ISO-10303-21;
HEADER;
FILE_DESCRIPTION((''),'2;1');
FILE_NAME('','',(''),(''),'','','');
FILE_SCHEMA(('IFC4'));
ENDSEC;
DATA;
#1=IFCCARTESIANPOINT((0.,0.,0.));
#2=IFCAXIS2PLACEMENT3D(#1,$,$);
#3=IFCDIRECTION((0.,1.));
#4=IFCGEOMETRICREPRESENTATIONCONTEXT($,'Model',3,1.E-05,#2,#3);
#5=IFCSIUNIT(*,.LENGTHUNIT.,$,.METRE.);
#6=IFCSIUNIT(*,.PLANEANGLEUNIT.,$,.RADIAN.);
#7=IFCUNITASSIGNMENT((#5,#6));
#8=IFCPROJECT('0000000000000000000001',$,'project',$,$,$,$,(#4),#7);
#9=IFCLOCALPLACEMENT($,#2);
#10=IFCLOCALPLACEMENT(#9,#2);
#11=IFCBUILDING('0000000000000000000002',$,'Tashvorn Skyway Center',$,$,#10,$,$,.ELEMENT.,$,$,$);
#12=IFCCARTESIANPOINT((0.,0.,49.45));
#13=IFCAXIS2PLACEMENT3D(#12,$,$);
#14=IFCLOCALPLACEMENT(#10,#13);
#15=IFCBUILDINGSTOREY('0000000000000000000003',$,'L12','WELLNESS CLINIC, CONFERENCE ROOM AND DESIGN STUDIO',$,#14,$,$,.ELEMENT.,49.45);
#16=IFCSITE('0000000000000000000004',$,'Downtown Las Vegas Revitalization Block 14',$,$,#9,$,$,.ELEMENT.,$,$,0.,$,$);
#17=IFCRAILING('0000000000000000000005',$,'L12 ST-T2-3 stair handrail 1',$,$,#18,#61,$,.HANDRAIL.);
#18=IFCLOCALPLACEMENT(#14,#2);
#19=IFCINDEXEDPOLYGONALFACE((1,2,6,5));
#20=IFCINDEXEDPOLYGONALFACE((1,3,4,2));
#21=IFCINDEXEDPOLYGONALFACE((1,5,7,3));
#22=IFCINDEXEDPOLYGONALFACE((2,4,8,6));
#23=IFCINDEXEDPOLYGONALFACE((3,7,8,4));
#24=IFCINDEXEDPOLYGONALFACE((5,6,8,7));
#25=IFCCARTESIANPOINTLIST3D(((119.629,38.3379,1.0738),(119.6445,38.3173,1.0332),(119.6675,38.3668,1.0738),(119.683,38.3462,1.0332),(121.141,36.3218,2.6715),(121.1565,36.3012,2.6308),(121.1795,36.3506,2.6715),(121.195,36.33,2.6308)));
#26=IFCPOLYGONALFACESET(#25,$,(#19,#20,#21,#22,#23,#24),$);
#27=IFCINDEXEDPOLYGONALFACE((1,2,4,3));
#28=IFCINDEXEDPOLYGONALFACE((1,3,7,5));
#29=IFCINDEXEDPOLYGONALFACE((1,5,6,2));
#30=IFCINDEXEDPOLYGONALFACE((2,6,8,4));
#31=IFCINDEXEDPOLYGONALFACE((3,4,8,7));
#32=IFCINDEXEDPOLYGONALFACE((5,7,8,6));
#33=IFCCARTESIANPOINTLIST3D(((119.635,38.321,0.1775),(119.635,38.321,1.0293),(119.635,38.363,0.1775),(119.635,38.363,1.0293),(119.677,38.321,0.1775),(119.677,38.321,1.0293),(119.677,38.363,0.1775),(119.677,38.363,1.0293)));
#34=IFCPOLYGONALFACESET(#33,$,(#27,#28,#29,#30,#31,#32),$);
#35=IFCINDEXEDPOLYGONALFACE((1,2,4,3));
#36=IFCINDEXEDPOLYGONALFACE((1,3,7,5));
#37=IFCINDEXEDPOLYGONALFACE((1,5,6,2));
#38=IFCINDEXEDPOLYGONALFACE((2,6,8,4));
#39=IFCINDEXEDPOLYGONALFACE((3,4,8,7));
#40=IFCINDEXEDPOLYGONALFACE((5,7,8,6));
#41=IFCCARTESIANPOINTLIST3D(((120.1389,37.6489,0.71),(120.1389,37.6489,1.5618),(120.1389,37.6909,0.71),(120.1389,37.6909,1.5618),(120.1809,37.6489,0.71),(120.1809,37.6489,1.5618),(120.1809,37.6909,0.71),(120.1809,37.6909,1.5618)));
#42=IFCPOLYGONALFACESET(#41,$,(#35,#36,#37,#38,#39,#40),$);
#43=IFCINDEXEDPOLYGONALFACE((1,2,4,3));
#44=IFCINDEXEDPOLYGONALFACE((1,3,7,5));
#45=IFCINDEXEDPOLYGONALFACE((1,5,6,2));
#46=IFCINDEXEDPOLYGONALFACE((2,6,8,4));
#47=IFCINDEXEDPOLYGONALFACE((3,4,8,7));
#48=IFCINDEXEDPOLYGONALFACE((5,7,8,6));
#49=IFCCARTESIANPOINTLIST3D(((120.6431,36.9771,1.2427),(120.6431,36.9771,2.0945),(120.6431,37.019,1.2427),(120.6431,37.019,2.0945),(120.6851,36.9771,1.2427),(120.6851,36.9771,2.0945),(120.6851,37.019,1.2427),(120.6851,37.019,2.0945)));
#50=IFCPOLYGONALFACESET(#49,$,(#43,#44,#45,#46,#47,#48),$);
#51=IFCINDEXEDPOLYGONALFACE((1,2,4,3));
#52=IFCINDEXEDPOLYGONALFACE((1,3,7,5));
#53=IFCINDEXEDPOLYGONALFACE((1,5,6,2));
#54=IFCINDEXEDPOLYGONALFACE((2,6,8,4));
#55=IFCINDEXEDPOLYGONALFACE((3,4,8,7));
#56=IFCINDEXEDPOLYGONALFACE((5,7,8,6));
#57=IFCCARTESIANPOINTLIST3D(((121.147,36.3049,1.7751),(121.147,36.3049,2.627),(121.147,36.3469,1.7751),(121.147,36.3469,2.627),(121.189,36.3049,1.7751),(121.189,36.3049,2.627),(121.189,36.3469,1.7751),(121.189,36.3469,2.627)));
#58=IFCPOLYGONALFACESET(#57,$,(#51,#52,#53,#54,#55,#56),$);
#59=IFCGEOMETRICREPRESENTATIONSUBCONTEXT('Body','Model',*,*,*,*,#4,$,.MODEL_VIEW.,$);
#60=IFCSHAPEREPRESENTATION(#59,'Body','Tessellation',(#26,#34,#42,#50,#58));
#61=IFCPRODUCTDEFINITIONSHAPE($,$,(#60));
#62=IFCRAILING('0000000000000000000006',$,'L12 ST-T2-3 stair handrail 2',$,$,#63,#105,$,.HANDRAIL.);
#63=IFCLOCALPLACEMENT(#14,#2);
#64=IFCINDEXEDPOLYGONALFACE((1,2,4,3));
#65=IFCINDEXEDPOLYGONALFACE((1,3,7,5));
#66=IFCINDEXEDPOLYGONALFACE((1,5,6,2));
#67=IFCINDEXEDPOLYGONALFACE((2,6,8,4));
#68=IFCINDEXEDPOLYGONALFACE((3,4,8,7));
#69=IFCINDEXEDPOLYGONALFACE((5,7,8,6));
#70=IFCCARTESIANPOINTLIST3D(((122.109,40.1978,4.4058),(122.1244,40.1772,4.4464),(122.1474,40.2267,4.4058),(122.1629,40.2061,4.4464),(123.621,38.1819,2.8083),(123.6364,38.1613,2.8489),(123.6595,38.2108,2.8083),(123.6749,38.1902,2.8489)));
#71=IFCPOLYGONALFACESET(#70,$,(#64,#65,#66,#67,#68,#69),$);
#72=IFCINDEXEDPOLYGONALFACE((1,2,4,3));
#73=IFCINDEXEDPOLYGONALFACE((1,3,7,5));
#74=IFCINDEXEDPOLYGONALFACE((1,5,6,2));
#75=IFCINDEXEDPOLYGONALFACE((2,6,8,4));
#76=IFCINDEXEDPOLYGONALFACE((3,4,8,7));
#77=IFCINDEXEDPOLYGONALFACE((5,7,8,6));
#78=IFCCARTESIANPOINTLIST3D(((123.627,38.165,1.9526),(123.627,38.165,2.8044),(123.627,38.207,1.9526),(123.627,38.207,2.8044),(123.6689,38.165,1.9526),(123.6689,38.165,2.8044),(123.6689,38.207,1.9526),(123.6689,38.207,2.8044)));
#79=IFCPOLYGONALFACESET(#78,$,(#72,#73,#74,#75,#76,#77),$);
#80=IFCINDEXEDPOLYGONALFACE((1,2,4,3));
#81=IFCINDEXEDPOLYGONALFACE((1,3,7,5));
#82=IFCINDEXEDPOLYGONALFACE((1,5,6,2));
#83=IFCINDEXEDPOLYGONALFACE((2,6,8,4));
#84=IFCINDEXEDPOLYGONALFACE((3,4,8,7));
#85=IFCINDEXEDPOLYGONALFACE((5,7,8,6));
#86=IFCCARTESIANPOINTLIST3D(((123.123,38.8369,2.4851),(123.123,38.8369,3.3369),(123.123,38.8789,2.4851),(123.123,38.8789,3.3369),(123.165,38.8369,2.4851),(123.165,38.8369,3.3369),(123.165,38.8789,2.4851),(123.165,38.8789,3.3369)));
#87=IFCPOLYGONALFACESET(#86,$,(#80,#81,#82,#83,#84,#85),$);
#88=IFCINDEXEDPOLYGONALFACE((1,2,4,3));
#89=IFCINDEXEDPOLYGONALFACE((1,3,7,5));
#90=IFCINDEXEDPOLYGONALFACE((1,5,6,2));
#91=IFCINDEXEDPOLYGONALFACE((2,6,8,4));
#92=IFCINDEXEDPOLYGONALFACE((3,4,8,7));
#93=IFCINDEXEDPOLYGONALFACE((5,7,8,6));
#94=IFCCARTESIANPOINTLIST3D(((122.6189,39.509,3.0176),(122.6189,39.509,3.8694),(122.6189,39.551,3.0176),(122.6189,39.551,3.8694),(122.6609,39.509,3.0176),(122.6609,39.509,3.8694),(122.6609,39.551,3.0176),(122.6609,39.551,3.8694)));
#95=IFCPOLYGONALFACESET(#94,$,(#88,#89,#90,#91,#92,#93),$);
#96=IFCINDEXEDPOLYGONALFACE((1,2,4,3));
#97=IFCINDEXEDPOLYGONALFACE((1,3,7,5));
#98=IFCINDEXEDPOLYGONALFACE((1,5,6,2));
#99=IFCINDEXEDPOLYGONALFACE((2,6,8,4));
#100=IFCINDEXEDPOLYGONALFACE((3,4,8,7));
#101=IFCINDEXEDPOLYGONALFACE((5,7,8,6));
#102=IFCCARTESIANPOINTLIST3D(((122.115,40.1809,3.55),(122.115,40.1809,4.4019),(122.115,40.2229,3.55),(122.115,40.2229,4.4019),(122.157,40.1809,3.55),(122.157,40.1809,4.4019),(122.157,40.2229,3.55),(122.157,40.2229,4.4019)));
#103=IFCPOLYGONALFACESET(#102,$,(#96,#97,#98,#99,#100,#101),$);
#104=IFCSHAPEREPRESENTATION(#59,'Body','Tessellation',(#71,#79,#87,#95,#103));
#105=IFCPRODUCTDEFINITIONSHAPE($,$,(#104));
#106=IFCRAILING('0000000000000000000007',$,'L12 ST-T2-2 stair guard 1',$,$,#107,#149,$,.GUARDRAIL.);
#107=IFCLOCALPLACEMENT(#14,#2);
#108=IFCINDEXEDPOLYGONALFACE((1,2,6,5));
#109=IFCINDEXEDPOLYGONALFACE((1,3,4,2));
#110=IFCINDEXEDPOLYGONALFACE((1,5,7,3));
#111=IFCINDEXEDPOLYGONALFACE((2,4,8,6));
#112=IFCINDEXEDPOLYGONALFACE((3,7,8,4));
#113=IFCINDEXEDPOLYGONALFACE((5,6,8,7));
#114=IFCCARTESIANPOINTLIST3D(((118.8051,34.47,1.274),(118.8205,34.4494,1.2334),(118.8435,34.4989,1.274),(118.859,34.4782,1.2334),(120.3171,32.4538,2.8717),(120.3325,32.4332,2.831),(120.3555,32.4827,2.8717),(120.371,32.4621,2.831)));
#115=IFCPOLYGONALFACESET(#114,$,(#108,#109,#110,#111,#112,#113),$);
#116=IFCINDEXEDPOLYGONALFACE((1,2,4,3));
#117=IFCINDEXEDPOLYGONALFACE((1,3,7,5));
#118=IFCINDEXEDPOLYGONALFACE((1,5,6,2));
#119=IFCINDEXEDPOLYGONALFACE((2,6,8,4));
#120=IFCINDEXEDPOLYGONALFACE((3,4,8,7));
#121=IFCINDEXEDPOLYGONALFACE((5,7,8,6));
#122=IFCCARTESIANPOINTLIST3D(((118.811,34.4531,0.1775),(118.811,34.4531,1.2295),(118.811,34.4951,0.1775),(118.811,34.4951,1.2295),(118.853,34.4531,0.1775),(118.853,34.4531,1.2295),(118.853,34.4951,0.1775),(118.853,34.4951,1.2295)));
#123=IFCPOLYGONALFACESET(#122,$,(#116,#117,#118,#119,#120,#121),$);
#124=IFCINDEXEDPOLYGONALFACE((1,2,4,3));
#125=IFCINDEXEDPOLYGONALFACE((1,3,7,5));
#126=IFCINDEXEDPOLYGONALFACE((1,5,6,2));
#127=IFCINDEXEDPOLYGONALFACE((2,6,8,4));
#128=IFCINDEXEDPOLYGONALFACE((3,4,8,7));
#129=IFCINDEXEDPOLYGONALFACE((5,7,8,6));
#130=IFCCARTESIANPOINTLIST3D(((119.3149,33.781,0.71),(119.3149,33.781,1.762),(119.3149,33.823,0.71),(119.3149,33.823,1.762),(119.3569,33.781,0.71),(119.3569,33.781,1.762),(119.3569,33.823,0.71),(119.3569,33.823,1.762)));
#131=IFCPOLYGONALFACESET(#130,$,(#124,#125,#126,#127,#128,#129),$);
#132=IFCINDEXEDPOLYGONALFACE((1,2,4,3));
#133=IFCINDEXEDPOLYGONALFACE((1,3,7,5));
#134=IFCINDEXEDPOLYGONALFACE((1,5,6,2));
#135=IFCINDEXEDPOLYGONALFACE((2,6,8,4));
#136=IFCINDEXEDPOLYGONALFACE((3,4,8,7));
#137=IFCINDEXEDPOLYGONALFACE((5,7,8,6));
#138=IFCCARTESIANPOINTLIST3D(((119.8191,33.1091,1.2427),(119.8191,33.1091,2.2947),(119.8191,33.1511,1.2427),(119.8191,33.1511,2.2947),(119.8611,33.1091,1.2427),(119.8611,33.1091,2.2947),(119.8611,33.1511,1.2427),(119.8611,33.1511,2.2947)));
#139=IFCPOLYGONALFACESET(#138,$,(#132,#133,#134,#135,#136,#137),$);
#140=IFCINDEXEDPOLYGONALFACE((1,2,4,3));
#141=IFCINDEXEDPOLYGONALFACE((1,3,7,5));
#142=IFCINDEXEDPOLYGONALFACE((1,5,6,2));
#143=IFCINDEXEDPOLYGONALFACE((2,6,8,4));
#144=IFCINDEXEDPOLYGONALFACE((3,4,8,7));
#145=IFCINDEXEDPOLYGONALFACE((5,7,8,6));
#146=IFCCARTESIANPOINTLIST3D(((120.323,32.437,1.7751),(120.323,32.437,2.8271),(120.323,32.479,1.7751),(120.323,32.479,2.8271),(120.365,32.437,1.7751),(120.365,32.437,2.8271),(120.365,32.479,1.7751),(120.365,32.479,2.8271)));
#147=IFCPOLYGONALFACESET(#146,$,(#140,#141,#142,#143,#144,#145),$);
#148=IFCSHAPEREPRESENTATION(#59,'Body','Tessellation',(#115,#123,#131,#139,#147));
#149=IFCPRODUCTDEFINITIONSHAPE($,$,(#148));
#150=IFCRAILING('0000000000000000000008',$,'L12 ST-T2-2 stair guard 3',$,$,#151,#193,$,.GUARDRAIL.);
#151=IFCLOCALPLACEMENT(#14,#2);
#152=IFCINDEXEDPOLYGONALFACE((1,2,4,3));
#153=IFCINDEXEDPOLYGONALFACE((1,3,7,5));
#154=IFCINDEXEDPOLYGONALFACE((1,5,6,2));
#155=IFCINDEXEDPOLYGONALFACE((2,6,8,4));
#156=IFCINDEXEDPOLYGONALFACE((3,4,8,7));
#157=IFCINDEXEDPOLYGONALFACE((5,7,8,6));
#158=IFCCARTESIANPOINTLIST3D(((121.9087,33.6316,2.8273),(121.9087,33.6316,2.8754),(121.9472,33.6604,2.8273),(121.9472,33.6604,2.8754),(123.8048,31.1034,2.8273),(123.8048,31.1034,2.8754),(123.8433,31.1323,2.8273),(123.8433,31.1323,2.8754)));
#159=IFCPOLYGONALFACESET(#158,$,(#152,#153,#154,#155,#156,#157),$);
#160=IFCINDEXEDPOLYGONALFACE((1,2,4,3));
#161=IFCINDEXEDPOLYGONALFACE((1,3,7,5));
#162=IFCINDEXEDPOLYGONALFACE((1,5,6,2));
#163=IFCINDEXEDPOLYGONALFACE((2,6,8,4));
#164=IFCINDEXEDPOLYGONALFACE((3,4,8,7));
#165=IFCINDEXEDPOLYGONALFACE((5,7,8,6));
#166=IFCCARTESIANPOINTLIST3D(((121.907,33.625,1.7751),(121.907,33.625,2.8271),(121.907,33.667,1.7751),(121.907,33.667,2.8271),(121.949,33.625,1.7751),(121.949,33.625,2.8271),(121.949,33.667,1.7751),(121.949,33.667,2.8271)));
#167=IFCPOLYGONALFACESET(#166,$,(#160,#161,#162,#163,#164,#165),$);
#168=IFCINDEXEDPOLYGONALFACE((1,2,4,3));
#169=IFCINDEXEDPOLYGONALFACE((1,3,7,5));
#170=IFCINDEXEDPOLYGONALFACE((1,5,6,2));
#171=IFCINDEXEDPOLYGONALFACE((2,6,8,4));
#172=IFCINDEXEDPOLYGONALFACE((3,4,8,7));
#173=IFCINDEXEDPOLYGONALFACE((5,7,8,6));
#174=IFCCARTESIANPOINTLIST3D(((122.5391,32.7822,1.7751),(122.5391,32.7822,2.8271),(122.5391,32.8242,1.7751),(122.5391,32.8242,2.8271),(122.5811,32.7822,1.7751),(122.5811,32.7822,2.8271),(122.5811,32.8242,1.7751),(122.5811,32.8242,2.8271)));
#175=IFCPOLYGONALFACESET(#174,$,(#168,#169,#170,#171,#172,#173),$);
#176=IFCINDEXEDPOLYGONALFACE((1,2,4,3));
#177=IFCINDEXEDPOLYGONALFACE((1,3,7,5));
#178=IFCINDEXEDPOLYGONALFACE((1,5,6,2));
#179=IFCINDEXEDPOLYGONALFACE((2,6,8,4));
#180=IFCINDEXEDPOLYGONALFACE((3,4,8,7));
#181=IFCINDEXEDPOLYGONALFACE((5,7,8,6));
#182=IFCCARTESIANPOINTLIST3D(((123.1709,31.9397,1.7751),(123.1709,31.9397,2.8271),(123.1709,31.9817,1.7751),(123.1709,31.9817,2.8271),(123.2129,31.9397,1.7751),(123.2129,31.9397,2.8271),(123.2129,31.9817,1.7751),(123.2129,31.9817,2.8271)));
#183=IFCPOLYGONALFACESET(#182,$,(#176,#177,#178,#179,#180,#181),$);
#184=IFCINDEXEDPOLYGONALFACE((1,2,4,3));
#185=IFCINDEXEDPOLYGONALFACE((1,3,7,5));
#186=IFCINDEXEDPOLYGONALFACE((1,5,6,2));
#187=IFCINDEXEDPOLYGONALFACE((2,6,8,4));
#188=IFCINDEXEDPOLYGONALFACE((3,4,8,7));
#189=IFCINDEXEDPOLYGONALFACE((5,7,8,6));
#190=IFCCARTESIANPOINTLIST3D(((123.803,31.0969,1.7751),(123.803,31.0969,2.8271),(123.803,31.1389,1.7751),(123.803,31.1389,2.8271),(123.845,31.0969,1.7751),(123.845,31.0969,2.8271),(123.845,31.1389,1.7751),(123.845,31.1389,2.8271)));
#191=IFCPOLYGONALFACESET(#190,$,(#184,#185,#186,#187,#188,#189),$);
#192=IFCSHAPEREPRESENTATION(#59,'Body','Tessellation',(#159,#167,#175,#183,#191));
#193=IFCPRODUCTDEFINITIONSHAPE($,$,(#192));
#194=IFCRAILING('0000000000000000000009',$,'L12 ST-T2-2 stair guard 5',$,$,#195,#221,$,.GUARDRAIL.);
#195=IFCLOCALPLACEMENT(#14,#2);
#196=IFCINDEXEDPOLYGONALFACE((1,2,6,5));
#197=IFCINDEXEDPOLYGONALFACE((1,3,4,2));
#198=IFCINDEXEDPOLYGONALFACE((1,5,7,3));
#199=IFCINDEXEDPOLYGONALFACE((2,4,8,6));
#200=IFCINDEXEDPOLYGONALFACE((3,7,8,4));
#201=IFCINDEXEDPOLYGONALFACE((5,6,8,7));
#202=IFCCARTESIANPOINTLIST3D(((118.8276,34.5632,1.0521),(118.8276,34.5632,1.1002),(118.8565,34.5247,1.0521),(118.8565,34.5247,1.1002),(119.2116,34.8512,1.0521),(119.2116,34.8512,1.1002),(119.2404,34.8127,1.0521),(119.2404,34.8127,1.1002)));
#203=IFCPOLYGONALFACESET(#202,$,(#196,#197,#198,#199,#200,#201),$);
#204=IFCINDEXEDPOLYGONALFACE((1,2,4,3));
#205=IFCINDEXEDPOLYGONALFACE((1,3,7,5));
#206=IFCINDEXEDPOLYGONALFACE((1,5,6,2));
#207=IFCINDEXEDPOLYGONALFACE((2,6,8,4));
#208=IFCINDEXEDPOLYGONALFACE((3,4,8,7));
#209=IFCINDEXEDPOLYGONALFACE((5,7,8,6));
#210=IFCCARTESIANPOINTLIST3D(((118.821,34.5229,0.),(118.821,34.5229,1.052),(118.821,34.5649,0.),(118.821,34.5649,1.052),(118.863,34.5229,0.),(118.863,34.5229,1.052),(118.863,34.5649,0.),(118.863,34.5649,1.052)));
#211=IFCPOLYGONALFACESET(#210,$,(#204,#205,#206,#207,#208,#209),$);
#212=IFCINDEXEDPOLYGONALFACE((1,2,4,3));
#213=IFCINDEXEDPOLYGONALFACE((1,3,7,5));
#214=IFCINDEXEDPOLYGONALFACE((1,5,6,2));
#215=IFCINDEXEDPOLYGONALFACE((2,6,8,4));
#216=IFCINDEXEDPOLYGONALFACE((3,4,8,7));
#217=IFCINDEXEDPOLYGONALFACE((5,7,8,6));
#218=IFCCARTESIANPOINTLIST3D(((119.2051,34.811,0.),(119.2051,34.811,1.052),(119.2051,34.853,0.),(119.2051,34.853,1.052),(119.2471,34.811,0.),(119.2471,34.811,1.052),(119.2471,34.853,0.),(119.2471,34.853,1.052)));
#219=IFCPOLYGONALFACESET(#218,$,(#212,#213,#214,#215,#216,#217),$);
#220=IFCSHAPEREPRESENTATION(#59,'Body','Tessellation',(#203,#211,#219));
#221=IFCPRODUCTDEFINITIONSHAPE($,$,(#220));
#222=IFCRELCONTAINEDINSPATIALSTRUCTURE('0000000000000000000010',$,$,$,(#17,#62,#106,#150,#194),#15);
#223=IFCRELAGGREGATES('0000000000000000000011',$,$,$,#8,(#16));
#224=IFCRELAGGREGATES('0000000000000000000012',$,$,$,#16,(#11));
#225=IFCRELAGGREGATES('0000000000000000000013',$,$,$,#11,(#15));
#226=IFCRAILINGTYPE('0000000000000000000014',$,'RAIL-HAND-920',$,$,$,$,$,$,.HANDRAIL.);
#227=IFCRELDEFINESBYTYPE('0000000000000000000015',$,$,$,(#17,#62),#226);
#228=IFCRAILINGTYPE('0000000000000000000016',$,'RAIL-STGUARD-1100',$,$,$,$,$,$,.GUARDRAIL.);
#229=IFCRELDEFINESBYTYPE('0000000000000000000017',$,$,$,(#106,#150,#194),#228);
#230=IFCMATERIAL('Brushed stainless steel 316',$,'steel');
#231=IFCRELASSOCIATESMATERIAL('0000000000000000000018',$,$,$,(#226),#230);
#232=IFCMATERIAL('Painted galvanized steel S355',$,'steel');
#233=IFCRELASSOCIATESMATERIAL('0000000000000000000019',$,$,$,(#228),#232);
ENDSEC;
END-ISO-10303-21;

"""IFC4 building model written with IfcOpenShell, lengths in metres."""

from ifc_helpers import new_model, si_unit, direction, frame, origin, origin_2d, place, context, subcontext, project, spatial, rectangle, extrude, material, type_object, element, save


model = new_model("IFC4")

# Units and contexts
model_context = context("Model", 3, precision=1e-05, world=origin(), true_north=direction((0.0, 1.0)))
body_context = subcontext(model_context, "Body", "Model", "MODEL_VIEW")
ifc_project = project(units=[si_unit("LENGTHUNIT", "METRE"), si_unit("PLANEANGLEUNIT", "RADIAN")], contexts=[model_context])

# Site, building, storey
site_placement = place(None, origin())
site = spatial("IfcSite", under=ifc_project, at=site_placement, Name="Downtown Las Vegas Revitalization Block 14", CompositionType="ELEMENT", RefElevation=0.0)
building_placement = place(site_placement, origin())
building = spatial("IfcBuilding", under=site, at=building_placement, Name="Tashvorn Skyway Center", CompositionType="ELEMENT")
storey_placement = place(building_placement, frame((0.0, 0.0, 49.45)))
storey = spatial("IfcBuildingStorey", under=building, at=storey_placement, Name="L12", Description="WELLNESS CLINIC, CONFERENCE ROOM AND DESIGN STUDIO", CompositionType="ELEMENT", Elevation=49.45)

# Railings
ifc_material_1 = material(Name="Brushed stainless steel 316", Category="steel")
railing_type_1 = type_object("IfcRailingType", Name="RAIL-HAND-920", PredefinedType="HANDRAIL", material=ifc_material_1)
railing_1_placement = place(storey_placement, frame((119.656, 38.342, 0.1775)))
element("IfcRailing", 1, at=railing_1_placement, inside=storey, type_object=railing_type_1, Name="L12 ST-T2-3 stair handrail 1", PredefinedType="HANDRAIL", context=body_context, shape_type="SweptSolid", body=[
    extrude(rectangle(XDim=0.0481, YDim=0.0481, at=origin_2d()), frame((0.0, 0.0, 0.876), z_axis=(0.506719, -0.675679, 0.535438), x_axis=(0.800023, 0.599969, 0.0)), (0.0, 0.0, 1.0), 2.9839),
    extrude(rectangle(XDim=0.042, YDim=0.042, at=origin_2d()), origin(), (0.0, 0.0, 1.0), 0.8518),
    extrude(rectangle(XDim=0.042, YDim=0.042, at=origin_2d()), frame((0.5039, -0.6721, 0.5325)), (0.0, 0.0, 1.0), 0.8518),
    extrude(rectangle(XDim=0.042, YDim=0.042, at=origin_2d()), frame((1.0081, -1.344, 1.0652)), (0.0, 0.0, 1.0), 0.8518),
    extrude(rectangle(XDim=0.042, YDim=0.042, at=origin_2d()), frame((1.512, -2.0161, 1.5977)), (0.0, 0.0, 1.0), 0.8518),
])
railing_2_placement = place(storey_placement, frame((123.6479, 38.186, 1.9526)))
element("IfcRailing", 2, at=railing_2_placement, inside=storey, type_object=railing_type_1, Name="L12 ST-T2-3 stair handrail 2", PredefinedType="HANDRAIL", context=body_context, shape_type="SweptSolid", body=[
    extrude(rectangle(XDim=0.0481, YDim=0.0481, at=origin_2d()), frame((0.0, 0.0, 0.876), z_axis=(-0.506769, 0.675664, 0.535409), x_axis=(-0.799988, -0.600016, 0.0)), (0.0, 0.0, 1.0), 2.9836),
    extrude(rectangle(XDim=0.042, YDim=0.042, at=origin_2d()), origin(), (0.0, 0.0, 1.0), 0.8518),
    extrude(rectangle(XDim=0.042, YDim=0.042, at=origin_2d()), frame((-0.5039, 0.6719, 0.5325)), (0.0, 0.0, 1.0), 0.8518),
    extrude(rectangle(XDim=0.042, YDim=0.042, at=origin_2d()), frame((-1.0081, 1.344, 1.0649)), (0.0, 0.0, 1.0), 0.8518),
    extrude(rectangle(XDim=0.042, YDim=0.042, at=origin_2d()), frame((-1.512, 2.0159, 1.5974)), (0.0, 0.0, 1.0), 0.8518),
])
ifc_material_2 = material(Name="Painted galvanized steel S355", Category="steel")
railing_type_2 = type_object("IfcRailingType", Name="RAIL-STGUARD-1100", PredefinedType="GUARDRAIL", material=ifc_material_2)
railing_3_placement = place(storey_placement, frame((118.832, 34.4741, 0.1775)))
element("IfcRailing", 3, at=railing_3_placement, inside=storey, type_object=railing_type_2, Name="L12 ST-T2-2 stair guard 1", PredefinedType="GUARDRAIL", context=body_context, shape_type="SweptSolid", body=[
    extrude(rectangle(XDim=0.0481, YDim=0.0481, at=origin_2d()), frame((0.0, 0.0, 1.0762), z_axis=(0.506719, -0.675679, 0.535438), x_axis=(0.800023, 0.599969, 0.0)), (0.0, 0.0, 1.0), 2.9839),
    extrude(rectangle(XDim=0.042, YDim=0.042, at=origin_2d()), origin(), (0.0, 0.0, 1.0), 1.052),
    extrude(rectangle(XDim=0.042, YDim=0.042, at=origin_2d()), frame((0.5039, -0.6721, 0.5325)), (0.0, 0.0, 1.0), 1.052),
    extrude(rectangle(XDim=0.042, YDim=0.042, at=origin_2d()), frame((1.0081, -1.344, 1.0652)), (0.0, 0.0, 1.0), 1.052),
    extrude(rectangle(XDim=0.042, YDim=0.042, at=origin_2d()), frame((1.512, -2.0161, 1.5977)), (0.0, 0.0, 1.0), 1.052),
])
railing_4_placement = place(storey_placement, frame((121.928, 33.646, 1.7751)))
element("IfcRailing", 4, at=railing_4_placement, inside=storey, type_object=railing_type_2, Name="L12 ST-T2-2 stair guard 3", PredefinedType="GUARDRAIL", context=body_context, shape_type="SweptSolid", body=[
    extrude(rectangle(XDim=0.0481, YDim=0.0481, at=origin_2d()), frame((0.0, 0.0, 1.0762), z_axis=(0.599988, -0.800009, 0.0), x_axis=(0.800009, 0.599988, 0.0)), (0.0, 0.0, 1.0), 3.1602),
    extrude(rectangle(XDim=0.042, YDim=0.042, at=origin_2d()), origin(), (0.0, 0.0, 1.0), 1.052),
    extrude(rectangle(XDim=0.042, YDim=0.042, at=origin_2d()), frame((0.6321, -0.8428, 0.0)), (0.0, 0.0, 1.0), 1.052),
    extrude(rectangle(XDim=0.042, YDim=0.042, at=origin_2d()), frame((1.2639, -1.6853, 0.0)), (0.0, 0.0, 1.0), 1.052),
    extrude(rectangle(XDim=0.042, YDim=0.042, at=origin_2d()), frame((1.896, -2.5281, 0.0)), (0.0, 0.0, 1.0), 1.052),
])
railing_5_placement = place(storey_placement, frame((118.842, 34.5439, 0.0)))
element("IfcRailing", 5, at=railing_5_placement, inside=storey, type_object=railing_type_2, Name="L12 ST-T2-2 stair guard 5", PredefinedType="GUARDRAIL", context=body_context, shape_type="SweptSolid", body=[
    extrude(rectangle(XDim=0.0481, YDim=0.0481, at=origin_2d()), frame((0.0, 0.0, 1.0762), z_axis=(0.799939, 0.600081, 0.0), x_axis=(-0.600081, 0.799939, 0.0)), (0.0, 0.0, 1.0), 0.48),
    extrude(rectangle(XDim=0.042, YDim=0.042, at=origin_2d()), origin(), (0.0, 0.0, 1.0), 1.052),
    extrude(rectangle(XDim=0.042, YDim=0.042, at=origin_2d()), frame((0.384, 0.2881, 0.0)), (0.0, 0.0, 1.0), 1.052),
])

save(model, "model.ifc")
